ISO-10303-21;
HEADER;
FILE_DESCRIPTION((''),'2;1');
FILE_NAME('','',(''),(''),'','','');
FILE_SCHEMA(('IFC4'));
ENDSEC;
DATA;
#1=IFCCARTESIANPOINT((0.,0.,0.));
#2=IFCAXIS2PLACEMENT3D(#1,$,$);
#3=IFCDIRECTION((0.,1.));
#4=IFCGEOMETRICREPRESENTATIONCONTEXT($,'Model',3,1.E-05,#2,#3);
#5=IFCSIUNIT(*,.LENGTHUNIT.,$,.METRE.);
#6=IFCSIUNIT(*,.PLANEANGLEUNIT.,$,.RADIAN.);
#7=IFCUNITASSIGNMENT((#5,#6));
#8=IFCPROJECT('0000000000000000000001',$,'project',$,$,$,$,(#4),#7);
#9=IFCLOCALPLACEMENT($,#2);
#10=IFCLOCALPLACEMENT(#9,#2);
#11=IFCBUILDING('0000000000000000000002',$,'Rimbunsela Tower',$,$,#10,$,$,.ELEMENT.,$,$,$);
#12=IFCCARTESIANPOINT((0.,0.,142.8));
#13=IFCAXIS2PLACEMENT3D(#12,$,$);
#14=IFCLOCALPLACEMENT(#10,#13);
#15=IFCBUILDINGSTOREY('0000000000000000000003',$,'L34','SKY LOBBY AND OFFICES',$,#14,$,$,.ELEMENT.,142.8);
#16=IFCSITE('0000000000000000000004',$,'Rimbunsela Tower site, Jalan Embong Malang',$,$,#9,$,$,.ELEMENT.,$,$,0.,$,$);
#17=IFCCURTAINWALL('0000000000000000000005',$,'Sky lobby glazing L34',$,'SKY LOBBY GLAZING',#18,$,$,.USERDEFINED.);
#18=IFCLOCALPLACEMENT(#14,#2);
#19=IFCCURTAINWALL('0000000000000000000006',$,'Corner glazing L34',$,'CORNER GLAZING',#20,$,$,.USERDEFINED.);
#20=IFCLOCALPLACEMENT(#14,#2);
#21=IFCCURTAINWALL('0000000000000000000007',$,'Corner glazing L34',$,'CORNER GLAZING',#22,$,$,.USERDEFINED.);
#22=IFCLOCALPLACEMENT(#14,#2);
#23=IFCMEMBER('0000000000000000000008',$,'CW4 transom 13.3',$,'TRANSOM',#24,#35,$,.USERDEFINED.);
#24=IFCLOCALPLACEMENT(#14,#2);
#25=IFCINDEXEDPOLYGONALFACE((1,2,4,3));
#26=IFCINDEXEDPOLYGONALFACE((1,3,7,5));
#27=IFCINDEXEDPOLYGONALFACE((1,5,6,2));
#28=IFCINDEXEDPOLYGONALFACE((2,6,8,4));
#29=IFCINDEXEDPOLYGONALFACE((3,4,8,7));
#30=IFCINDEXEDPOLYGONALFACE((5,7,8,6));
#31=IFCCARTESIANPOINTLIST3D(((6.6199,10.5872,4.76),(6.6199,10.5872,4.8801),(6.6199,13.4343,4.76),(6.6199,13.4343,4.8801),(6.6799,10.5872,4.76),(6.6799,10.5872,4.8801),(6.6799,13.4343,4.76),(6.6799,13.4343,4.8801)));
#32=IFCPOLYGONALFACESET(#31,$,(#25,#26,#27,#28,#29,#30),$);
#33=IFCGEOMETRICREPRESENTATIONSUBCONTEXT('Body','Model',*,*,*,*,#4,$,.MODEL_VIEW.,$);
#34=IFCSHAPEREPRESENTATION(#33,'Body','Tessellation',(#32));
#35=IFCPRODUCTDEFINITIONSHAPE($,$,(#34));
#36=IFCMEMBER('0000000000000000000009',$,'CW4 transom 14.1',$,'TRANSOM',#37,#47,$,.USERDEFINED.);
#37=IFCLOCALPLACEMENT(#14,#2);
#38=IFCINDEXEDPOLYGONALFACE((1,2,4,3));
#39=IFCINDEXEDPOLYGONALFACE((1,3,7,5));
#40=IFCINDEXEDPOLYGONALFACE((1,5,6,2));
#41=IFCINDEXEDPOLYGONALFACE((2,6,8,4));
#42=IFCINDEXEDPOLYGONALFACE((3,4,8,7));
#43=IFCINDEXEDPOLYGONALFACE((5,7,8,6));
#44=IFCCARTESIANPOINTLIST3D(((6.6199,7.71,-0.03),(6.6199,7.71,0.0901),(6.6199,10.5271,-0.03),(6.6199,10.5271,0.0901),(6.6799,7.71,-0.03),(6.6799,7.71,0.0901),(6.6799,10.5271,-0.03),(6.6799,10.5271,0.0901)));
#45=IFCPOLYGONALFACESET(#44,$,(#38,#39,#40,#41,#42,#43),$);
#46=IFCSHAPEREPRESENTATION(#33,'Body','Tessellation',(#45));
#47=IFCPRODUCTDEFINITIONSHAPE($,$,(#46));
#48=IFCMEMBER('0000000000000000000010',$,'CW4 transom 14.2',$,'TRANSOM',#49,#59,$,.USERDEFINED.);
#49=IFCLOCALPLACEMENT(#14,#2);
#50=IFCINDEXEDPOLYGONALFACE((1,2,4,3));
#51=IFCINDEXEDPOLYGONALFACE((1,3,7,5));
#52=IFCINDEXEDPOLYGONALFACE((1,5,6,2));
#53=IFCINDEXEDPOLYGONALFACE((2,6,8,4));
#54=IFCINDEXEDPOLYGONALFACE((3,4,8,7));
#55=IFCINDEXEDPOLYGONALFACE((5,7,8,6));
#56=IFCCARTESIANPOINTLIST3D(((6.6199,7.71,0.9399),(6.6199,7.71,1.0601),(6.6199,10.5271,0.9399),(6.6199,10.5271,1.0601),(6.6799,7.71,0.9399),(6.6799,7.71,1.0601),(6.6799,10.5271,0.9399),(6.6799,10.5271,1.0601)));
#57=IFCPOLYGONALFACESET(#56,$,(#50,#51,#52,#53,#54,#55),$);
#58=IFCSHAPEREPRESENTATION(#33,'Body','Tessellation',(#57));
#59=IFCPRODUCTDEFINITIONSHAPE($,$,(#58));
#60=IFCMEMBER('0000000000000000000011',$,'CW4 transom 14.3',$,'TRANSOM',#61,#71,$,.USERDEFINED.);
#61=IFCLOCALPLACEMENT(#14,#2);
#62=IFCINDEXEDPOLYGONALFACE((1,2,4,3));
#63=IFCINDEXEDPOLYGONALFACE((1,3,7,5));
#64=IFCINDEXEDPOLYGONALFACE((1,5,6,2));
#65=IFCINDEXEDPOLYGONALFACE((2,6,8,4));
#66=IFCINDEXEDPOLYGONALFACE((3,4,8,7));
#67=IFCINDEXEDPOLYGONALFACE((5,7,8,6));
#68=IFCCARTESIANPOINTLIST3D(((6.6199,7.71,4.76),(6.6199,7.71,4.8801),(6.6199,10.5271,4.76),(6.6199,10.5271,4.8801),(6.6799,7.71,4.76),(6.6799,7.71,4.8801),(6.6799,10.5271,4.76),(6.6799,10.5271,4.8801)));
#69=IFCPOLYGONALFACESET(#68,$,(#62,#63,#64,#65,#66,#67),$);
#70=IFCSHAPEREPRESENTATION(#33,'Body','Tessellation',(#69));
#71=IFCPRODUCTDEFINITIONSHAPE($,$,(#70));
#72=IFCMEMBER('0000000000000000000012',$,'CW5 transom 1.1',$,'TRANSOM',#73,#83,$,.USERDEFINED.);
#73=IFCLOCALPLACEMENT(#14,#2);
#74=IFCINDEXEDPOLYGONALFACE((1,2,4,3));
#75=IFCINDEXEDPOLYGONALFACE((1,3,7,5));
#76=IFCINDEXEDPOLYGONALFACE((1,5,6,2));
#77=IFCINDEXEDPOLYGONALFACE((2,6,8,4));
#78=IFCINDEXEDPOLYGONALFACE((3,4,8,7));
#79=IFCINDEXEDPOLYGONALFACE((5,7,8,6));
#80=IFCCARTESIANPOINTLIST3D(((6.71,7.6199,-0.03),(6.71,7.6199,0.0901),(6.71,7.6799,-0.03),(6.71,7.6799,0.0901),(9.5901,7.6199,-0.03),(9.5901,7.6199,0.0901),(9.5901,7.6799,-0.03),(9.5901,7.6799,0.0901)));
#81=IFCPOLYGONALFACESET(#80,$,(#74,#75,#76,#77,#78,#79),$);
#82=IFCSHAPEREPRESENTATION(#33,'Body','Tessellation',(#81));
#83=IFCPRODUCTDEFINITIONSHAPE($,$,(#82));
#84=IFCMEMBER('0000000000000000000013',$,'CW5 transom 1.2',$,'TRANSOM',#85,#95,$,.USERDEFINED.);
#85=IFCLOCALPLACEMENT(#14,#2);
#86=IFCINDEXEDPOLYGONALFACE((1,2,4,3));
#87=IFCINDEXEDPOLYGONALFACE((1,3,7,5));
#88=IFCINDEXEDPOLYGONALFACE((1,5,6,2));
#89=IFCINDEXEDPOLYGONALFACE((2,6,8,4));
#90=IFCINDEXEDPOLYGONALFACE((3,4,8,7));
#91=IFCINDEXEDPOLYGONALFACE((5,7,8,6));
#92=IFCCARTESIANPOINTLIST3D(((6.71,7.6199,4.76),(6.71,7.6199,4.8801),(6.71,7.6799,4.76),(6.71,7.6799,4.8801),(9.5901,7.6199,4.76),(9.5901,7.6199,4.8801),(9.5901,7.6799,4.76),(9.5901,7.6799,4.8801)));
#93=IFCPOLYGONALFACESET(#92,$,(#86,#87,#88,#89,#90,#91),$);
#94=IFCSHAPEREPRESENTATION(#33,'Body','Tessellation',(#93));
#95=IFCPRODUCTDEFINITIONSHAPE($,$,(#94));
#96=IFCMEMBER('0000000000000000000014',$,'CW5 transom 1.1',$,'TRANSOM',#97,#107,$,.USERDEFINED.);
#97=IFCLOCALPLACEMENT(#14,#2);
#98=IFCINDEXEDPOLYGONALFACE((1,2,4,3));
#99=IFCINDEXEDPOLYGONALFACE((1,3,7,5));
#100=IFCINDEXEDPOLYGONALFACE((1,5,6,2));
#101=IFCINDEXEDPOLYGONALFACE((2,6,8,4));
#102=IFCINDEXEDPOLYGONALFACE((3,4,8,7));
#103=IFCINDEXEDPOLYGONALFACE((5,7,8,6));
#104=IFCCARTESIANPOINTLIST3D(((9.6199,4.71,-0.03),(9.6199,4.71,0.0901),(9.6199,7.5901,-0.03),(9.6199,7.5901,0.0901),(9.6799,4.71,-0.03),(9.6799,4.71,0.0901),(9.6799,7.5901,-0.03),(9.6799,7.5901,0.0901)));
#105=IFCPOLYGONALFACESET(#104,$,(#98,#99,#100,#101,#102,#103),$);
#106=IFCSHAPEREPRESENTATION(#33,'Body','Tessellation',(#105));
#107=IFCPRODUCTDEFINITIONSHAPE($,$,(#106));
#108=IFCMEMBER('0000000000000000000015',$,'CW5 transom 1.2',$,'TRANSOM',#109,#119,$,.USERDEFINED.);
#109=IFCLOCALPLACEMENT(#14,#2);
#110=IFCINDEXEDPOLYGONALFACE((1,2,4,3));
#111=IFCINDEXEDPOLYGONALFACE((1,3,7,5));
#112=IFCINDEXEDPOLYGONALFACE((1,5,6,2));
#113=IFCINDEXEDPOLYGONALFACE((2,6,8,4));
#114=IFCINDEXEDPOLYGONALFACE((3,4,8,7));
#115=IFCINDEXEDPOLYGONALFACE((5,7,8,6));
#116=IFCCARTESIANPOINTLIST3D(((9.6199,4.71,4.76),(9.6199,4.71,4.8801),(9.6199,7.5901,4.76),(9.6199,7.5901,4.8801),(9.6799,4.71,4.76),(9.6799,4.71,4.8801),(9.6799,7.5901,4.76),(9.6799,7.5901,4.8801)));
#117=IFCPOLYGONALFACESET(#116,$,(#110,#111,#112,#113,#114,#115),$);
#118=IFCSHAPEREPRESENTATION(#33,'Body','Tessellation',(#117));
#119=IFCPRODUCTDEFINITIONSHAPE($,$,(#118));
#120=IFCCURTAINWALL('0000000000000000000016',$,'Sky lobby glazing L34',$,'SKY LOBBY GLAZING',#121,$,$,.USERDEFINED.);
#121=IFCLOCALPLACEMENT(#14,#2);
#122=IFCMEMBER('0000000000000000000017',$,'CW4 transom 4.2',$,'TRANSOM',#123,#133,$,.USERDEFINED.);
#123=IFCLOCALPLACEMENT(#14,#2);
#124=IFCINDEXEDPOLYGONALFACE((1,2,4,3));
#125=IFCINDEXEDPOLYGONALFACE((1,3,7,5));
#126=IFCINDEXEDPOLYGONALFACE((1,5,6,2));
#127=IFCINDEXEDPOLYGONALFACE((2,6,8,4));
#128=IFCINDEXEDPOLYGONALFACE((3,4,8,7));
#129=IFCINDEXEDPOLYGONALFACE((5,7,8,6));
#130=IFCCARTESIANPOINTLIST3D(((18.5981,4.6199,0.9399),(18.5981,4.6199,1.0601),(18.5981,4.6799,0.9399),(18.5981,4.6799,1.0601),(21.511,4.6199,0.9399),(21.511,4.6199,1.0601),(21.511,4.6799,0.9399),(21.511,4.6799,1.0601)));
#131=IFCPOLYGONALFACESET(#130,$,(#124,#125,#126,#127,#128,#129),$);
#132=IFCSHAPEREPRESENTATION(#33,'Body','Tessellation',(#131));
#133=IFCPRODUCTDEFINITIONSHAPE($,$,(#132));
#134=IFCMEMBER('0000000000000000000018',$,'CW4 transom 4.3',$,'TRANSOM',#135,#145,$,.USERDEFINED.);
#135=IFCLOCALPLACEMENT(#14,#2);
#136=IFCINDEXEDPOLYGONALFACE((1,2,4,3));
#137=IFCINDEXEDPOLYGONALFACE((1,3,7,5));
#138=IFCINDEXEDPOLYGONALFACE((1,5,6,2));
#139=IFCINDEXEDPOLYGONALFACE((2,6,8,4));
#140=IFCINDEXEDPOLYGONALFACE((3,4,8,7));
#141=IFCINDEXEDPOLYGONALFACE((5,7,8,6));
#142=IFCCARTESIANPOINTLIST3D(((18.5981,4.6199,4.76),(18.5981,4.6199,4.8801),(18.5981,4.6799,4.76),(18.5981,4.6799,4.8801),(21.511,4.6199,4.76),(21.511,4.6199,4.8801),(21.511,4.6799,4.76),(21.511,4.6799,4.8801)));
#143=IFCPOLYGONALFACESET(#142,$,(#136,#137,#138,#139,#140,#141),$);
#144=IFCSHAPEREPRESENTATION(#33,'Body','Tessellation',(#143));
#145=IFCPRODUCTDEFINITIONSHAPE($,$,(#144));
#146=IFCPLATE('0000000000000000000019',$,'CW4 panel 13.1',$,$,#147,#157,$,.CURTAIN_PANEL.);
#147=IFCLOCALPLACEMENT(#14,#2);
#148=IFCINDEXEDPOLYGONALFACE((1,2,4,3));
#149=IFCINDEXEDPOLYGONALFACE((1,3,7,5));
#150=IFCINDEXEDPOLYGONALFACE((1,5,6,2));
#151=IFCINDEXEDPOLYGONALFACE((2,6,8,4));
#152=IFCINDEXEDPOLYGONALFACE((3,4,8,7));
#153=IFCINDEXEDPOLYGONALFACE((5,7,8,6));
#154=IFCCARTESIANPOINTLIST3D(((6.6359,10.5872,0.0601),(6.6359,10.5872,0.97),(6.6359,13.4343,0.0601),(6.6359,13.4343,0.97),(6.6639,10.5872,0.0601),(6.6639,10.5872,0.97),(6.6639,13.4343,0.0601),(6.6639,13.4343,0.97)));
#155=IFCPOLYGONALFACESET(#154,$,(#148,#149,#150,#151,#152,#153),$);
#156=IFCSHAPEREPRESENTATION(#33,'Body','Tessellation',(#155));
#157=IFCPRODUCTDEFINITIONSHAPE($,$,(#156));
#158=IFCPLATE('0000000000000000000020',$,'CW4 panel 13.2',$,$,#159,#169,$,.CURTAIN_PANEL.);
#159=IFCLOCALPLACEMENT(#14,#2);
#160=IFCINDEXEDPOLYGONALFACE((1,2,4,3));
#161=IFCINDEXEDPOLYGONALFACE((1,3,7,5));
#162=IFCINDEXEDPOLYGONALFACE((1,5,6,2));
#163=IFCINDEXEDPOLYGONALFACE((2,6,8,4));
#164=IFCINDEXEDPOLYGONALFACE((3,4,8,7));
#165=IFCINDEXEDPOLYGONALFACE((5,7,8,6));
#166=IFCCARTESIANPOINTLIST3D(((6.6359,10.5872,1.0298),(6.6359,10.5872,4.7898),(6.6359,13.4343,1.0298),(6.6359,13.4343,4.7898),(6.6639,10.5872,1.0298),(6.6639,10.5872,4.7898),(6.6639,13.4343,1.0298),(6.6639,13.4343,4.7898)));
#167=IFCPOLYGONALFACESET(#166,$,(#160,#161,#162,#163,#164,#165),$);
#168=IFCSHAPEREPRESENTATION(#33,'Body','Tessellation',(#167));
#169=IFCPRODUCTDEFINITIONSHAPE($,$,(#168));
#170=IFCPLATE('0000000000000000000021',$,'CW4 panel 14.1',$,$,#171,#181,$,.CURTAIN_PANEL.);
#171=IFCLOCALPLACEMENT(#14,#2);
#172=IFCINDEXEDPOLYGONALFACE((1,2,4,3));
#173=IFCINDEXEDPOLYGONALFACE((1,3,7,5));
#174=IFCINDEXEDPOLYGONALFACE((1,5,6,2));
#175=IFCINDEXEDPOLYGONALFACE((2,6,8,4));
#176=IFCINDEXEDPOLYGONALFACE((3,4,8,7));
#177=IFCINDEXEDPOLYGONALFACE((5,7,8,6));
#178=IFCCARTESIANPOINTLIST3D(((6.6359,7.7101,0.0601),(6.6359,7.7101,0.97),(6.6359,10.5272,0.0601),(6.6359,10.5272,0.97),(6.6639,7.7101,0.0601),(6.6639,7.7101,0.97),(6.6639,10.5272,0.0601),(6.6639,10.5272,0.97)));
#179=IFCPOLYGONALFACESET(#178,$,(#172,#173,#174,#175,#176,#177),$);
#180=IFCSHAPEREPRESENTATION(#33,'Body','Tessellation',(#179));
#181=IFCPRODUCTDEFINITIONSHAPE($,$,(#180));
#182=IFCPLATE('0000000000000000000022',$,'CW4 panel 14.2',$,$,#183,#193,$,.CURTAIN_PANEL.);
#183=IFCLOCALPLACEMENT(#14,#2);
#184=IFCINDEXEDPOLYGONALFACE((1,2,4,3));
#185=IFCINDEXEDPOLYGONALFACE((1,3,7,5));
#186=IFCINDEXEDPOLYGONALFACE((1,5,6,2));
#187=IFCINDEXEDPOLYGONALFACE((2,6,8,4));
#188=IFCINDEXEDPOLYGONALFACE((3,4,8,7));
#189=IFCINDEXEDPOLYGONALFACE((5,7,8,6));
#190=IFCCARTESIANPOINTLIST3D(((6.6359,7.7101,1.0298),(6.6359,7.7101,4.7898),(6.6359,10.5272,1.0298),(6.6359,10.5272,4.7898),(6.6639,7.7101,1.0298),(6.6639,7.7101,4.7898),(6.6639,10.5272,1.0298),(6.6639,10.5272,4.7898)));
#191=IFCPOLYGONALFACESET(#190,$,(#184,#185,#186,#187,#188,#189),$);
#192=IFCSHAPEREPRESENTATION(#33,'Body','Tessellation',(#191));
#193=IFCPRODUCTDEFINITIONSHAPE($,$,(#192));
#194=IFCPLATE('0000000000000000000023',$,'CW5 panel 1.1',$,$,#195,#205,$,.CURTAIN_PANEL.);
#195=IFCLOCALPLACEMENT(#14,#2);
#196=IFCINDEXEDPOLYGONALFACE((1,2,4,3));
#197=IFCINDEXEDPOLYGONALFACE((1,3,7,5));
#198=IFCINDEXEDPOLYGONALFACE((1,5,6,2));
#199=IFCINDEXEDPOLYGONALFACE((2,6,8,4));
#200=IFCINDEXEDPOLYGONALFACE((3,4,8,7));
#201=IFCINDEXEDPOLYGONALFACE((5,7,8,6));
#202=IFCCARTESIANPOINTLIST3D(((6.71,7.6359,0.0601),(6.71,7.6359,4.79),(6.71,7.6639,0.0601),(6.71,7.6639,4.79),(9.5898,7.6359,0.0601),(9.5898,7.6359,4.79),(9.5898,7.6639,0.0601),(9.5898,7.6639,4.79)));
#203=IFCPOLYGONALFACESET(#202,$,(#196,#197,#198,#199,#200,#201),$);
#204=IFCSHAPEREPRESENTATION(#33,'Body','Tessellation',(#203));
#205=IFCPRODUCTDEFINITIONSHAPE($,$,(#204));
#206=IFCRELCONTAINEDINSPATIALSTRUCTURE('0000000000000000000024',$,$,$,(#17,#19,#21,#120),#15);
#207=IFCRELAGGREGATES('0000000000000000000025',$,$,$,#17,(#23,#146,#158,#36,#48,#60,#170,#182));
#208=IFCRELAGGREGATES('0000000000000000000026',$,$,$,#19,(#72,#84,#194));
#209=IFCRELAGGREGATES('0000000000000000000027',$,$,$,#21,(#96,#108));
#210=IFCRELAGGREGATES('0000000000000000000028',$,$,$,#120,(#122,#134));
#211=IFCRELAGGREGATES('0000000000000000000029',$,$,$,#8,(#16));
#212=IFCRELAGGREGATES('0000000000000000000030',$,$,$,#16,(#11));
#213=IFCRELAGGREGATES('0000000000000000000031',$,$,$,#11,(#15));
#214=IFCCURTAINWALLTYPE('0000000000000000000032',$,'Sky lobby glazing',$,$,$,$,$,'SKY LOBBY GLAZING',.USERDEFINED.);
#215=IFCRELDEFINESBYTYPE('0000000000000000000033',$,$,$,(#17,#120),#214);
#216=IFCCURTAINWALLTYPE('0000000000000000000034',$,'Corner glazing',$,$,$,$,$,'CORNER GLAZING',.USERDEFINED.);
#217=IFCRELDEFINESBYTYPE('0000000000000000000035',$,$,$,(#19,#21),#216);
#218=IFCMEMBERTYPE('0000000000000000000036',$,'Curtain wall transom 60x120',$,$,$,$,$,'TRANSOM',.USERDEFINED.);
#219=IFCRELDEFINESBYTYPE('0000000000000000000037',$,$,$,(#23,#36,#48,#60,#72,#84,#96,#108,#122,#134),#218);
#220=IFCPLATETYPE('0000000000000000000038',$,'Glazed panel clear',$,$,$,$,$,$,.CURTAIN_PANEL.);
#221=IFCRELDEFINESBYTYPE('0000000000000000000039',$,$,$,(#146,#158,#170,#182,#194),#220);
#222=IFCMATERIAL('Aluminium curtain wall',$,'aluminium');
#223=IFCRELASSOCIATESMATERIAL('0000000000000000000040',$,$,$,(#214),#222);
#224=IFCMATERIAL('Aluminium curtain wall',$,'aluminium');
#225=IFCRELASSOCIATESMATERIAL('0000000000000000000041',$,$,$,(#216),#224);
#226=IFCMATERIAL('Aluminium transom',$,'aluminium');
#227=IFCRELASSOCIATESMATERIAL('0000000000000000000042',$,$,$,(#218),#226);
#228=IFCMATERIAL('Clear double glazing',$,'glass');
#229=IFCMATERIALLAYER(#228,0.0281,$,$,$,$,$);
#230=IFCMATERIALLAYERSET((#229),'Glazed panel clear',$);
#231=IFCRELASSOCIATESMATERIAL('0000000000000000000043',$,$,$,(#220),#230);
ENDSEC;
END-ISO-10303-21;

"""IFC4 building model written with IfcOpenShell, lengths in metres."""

from ifc_helpers import new_model, si_unit, direction, frame, origin, origin_2d, place, context, subcontext, project, spatial, rectangle, extrude, material, layer, layer_set, material_profile, profile_set, type_object, element, aggregate, save


model = new_model("IFC4")

# Units and contexts
model_context = context("Model", 3, precision=1e-05, world=origin(), true_north=direction((0.0, 1.0)))
body_context = subcontext(model_context, "Body", "Model", "MODEL_VIEW")
ifc_project = project(units=[si_unit("LENGTHUNIT", "METRE"), si_unit("PLANEANGLEUNIT", "RADIAN")], contexts=[model_context])

# Site, building, storey
site_placement = place(None, origin())
site = spatial("IfcSite", under=ifc_project, at=site_placement, Name="Rimbunsela Tower site, Jalan Embong Malang", CompositionType="ELEMENT", RefElevation=0.0)
building_placement = place(site_placement, origin())
building = spatial("IfcBuilding", under=site, at=building_placement, Name="Rimbunsela Tower", CompositionType="ELEMENT")
storey_placement = place(building_placement, frame((0.0, 0.0, 142.8)))
storey = spatial("IfcBuildingStorey", under=building, at=storey_placement, Name="L34", Description="SKY LOBBY AND OFFICES", CompositionType="ELEMENT", Elevation=142.8)

# Curtain walls
ifc_material_1 = material(Name="Aluminium curtain wall", Category="aluminium")
curtain_wall_type_1 = type_object("IfcCurtainWallType", Name="Sky lobby glazing", ElementType="SKY LOBBY GLAZING", PredefinedType="USERDEFINED", material=ifc_material_1)
curtain_wall_1_placement = place(storey_placement, origin())
curtain_wall_1 = element("IfcCurtainWall", 1, at=curtain_wall_1_placement, inside=storey, type_object=curtain_wall_type_1, Name="Sky lobby glazing L34", ObjectType="SKY LOBBY GLAZING", PredefinedType="USERDEFINED")
ifc_material_2 = material(Name="Aluminium curtain wall", Category="aluminium")
curtain_wall_type_2 = type_object("IfcCurtainWallType", Name="Corner glazing", ElementType="CORNER GLAZING", PredefinedType="USERDEFINED", material=ifc_material_2)
curtain_wall_2_placement = place(storey_placement, origin())
curtain_wall_2 = element("IfcCurtainWall", 2, at=curtain_wall_2_placement, inside=storey, type_object=curtain_wall_type_2, Name="Corner glazing L34", ObjectType="CORNER GLAZING", PredefinedType="USERDEFINED")
curtain_wall_3_placement = place(storey_placement, origin())
curtain_wall_3 = element("IfcCurtainWall", 3, at=curtain_wall_3_placement, inside=storey, type_object=curtain_wall_type_2, Name="Corner glazing L34", ObjectType="CORNER GLAZING", PredefinedType="USERDEFINED")

# Members
ifc_material_3 = material(Name="Aluminium transom", Category="aluminium")
ifc_material_profile_1 = material_profile(ifc_material_3, rectangle(XDim=0.0601, YDim=0.1201, at=origin_2d()), Name="Transom 60x120")
ifc_profile_set_1 = profile_set([ifc_material_profile_1], Name="Aluminium transom")
member_type_1 = type_object("IfcMemberType", Name="Curtain wall transom 60x120", ElementType="TRANSOM", PredefinedType="USERDEFINED", material=ifc_profile_set_1)
member_1_placement = place(storey_placement, frame((6.6499, 13.4343, 4.8201), z_axis=(0.0, -1.0, 0.0), x_axis=(1.0, 0.0, 0.0)))
member_1 = element("IfcMember", 4, at=member_1_placement, type_object=member_type_1, Name="CW4 transom 13.3", ObjectType="TRANSOM", PredefinedType="USERDEFINED", context=body_context, shape_type="SweptSolid", body=[
    extrude(rectangle(XDim=0.0601, YDim=0.1201, at=origin_2d()), origin(), (0.0, 0.0, 1.0), 2.8472),
])
member_2_placement = place(storey_placement, frame((6.6499, 10.5271, 0.03), z_axis=(0.0, -1.0, 0.0), x_axis=(1.0, 0.0, 0.0)))
member_2 = element("IfcMember", 5, at=member_2_placement, type_object=member_type_1, Name="CW4 transom 14.1", ObjectType="TRANSOM", PredefinedType="USERDEFINED", context=body_context, shape_type="SweptSolid", body=[
    extrude(rectangle(XDim=0.0601, YDim=0.1201, at=origin_2d()), origin(), (0.0, 0.0, 1.0), 2.8171),
])
member_3_placement = place(storey_placement, frame((6.6499, 10.5271, 1.0), z_axis=(0.0, -1.0, 0.0), x_axis=(1.0, 0.0, 0.0)))
member_3 = element("IfcMember", 6, at=member_3_placement, type_object=member_type_1, Name="CW4 transom 14.2", ObjectType="TRANSOM", PredefinedType="USERDEFINED", context=body_context, shape_type="SweptSolid", body=[
    extrude(rectangle(XDim=0.0601, YDim=0.1201, at=origin_2d()), origin(), (0.0, 0.0, 1.0), 2.8171),
])
member_4_placement = place(storey_placement, frame((6.6499, 10.5271, 4.8201), z_axis=(0.0, -1.0, 0.0), x_axis=(1.0, 0.0, 0.0)))
member_4 = element("IfcMember", 7, at=member_4_placement, type_object=member_type_1, Name="CW4 transom 14.3", ObjectType="TRANSOM", PredefinedType="USERDEFINED", context=body_context, shape_type="SweptSolid", body=[
    extrude(rectangle(XDim=0.0601, YDim=0.1201, at=origin_2d()), origin(), (0.0, 0.0, 1.0), 2.8171),
])
member_5_placement = place(storey_placement, frame((6.71, 7.6499, 0.03), z_axis=(1.0, 0.0, 0.0), x_axis=(0.0, 1.0, 0.0)))
member_5 = element("IfcMember", 8, at=member_5_placement, type_object=member_type_1, Name="CW5 transom 1.1", ObjectType="TRANSOM", PredefinedType="USERDEFINED", context=body_context, shape_type="SweptSolid", body=[
    extrude(rectangle(XDim=0.0601, YDim=0.1201, at=origin_2d()), origin(), (0.0, 0.0, 1.0), 2.8801),
])
member_6_placement = place(storey_placement, frame((6.71, 7.6499, 4.8201), z_axis=(1.0, 0.0, 0.0), x_axis=(0.0, 1.0, 0.0)))
member_6 = element("IfcMember", 9, at=member_6_placement, type_object=member_type_1, Name="CW5 transom 1.2", ObjectType="TRANSOM", PredefinedType="USERDEFINED", context=body_context, shape_type="SweptSolid", body=[
    extrude(rectangle(XDim=0.0601, YDim=0.1201, at=origin_2d()), origin(), (0.0, 0.0, 1.0), 2.8801),
])
member_7_placement = place(storey_placement, frame((9.6499, 7.5901, 0.03), z_axis=(0.0, -1.0, 0.0), x_axis=(1.0, 0.0, 0.0)))
member_7 = element("IfcMember", 10, at=member_7_placement, type_object=member_type_1, Name="CW5 transom 1.1", ObjectType="TRANSOM", PredefinedType="USERDEFINED", context=body_context, shape_type="SweptSolid", body=[
    extrude(rectangle(XDim=0.0601, YDim=0.1201, at=origin_2d()), origin(), (0.0, 0.0, 1.0), 2.8801),
])
member_8_placement = place(storey_placement, frame((9.6499, 7.5901, 4.8201), z_axis=(0.0, -1.0, 0.0), x_axis=(1.0, 0.0, 0.0)))
member_8 = element("IfcMember", 11, at=member_8_placement, type_object=member_type_1, Name="CW5 transom 1.2", ObjectType="TRANSOM", PredefinedType="USERDEFINED", context=body_context, shape_type="SweptSolid", body=[
    extrude(rectangle(XDim=0.0601, YDim=0.1201, at=origin_2d()), origin(), (0.0, 0.0, 1.0), 2.8801),
])

# Curtain wall, members
curtain_wall_4_placement = place(storey_placement, origin())
curtain_wall_4 = element("IfcCurtainWall", 12, at=curtain_wall_4_placement, inside=storey, type_object=curtain_wall_type_1, Name="Sky lobby glazing L34", ObjectType="SKY LOBBY GLAZING", PredefinedType="USERDEFINED")
member_9_placement = place(storey_placement, frame((18.5981, 4.6499, 1.0), z_axis=(1.0, 0.0, 0.0), x_axis=(0.0, 1.0, 0.0)))
member_9 = element("IfcMember", 13, at=member_9_placement, type_object=member_type_1, Name="CW4 transom 4.2", ObjectType="TRANSOM", PredefinedType="USERDEFINED", context=body_context, shape_type="SweptSolid", body=[
    extrude(rectangle(XDim=0.0601, YDim=0.1201, at=origin_2d()), origin(), (0.0, 0.0, 1.0), 2.9128),
])
member_10_placement = place(storey_placement, frame((18.5981, 4.6499, 4.8201), z_axis=(1.0, 0.0, 0.0), x_axis=(0.0, 1.0, 0.0)))
member_10 = element("IfcMember", 14, at=member_10_placement, type_object=member_type_1, Name="CW4 transom 4.3", ObjectType="TRANSOM", PredefinedType="USERDEFINED", context=body_context, shape_type="SweptSolid", body=[
    extrude(rectangle(XDim=0.0601, YDim=0.1201, at=origin_2d()), origin(), (0.0, 0.0, 1.0), 2.9128),
])

# Plates
ifc_material_4 = material(Name="Clear double glazing", Category="glass")
ifc_layer_1 = layer(ifc_material_4, 0.0281)
ifc_layer_set_1 = layer_set([ifc_layer_1], Name="Glazed panel clear")
plate_type = type_object("IfcPlateType", Name="Glazed panel clear", PredefinedType="CURTAIN_PANEL", material=ifc_layer_set_1)
plate_1_placement = place(storey_placement, frame((6.6499, 12.0107, 0.0601), z_axis=(0.0, 0.0, 1.0), x_axis=(0.0, -1.0, 0.0)))
plate_1 = element("IfcPlate", 15, at=plate_1_placement, type_object=plate_type, Name="CW4 panel 13.1", PredefinedType="CURTAIN_PANEL", context=body_context, shape_type="SweptSolid", body=[
    extrude(rectangle(XDim=2.8472, YDim=0.0281, at=origin_2d()), origin(), (0.0, 0.0, 1.0), 0.9099),
])
plate_2_placement = place(storey_placement, frame((6.6499, 12.0107, 1.0298), z_axis=(0.0, 0.0, 1.0), x_axis=(0.0, -1.0, 0.0)))
plate_2 = element("IfcPlate", 16, at=plate_2_placement, type_object=plate_type, Name="CW4 panel 13.2", PredefinedType="CURTAIN_PANEL", context=body_context, shape_type="SweptSolid", body=[
    extrude(rectangle(XDim=2.8472, YDim=0.0281, at=origin_2d()), origin(), (0.0, 0.0, 1.0), 3.76),
])
plate_3_placement = place(storey_placement, frame((6.6499, 9.1187, 0.0601), z_axis=(0.0, 0.0, 1.0), x_axis=(0.0, -1.0, 0.0)))
plate_3 = element("IfcPlate", 17, at=plate_3_placement, type_object=plate_type, Name="CW4 panel 14.1", PredefinedType="CURTAIN_PANEL", context=body_context, shape_type="SweptSolid", body=[
    extrude(rectangle(XDim=2.8171, YDim=0.0281, at=origin_2d()), origin(), (0.0, 0.0, 1.0), 0.9099),
])
plate_4_placement = place(storey_placement, frame((6.6499, 9.1187, 1.0298), z_axis=(0.0, 0.0, 1.0), x_axis=(0.0, -1.0, 0.0)))
plate_4 = element("IfcPlate", 18, at=plate_4_placement, type_object=plate_type, Name="CW4 panel 14.2", PredefinedType="CURTAIN_PANEL", context=body_context, shape_type="SweptSolid", body=[
    extrude(rectangle(XDim=2.8171, YDim=0.0281, at=origin_2d()), origin(), (0.0, 0.0, 1.0), 3.76),
])
aggregate(curtain_wall_1, [member_1, plate_1, plate_2, member_2, member_3, member_4, plate_3, plate_4])
plate_5_placement = place(storey_placement, frame((8.1499, 7.6499, 0.0601), z_axis=(0.0, 0.0, 1.0), x_axis=(1.0, 0.0, 0.0)))
plate_5 = element("IfcPlate", 19, at=plate_5_placement, type_object=plate_type, Name="CW5 panel 1.1", PredefinedType="CURTAIN_PANEL", context=body_context, shape_type="SweptSolid", body=[
    extrude(rectangle(XDim=2.8799, YDim=0.0281, at=origin_2d()), origin(), (0.0, 0.0, 1.0), 4.73),
])
aggregate(curtain_wall_2, [member_5, member_6, plate_5])
aggregate(curtain_wall_3, [member_7, member_8])
aggregate(curtain_wall_4, [member_9, member_10])

save(model, "model.ifc")
